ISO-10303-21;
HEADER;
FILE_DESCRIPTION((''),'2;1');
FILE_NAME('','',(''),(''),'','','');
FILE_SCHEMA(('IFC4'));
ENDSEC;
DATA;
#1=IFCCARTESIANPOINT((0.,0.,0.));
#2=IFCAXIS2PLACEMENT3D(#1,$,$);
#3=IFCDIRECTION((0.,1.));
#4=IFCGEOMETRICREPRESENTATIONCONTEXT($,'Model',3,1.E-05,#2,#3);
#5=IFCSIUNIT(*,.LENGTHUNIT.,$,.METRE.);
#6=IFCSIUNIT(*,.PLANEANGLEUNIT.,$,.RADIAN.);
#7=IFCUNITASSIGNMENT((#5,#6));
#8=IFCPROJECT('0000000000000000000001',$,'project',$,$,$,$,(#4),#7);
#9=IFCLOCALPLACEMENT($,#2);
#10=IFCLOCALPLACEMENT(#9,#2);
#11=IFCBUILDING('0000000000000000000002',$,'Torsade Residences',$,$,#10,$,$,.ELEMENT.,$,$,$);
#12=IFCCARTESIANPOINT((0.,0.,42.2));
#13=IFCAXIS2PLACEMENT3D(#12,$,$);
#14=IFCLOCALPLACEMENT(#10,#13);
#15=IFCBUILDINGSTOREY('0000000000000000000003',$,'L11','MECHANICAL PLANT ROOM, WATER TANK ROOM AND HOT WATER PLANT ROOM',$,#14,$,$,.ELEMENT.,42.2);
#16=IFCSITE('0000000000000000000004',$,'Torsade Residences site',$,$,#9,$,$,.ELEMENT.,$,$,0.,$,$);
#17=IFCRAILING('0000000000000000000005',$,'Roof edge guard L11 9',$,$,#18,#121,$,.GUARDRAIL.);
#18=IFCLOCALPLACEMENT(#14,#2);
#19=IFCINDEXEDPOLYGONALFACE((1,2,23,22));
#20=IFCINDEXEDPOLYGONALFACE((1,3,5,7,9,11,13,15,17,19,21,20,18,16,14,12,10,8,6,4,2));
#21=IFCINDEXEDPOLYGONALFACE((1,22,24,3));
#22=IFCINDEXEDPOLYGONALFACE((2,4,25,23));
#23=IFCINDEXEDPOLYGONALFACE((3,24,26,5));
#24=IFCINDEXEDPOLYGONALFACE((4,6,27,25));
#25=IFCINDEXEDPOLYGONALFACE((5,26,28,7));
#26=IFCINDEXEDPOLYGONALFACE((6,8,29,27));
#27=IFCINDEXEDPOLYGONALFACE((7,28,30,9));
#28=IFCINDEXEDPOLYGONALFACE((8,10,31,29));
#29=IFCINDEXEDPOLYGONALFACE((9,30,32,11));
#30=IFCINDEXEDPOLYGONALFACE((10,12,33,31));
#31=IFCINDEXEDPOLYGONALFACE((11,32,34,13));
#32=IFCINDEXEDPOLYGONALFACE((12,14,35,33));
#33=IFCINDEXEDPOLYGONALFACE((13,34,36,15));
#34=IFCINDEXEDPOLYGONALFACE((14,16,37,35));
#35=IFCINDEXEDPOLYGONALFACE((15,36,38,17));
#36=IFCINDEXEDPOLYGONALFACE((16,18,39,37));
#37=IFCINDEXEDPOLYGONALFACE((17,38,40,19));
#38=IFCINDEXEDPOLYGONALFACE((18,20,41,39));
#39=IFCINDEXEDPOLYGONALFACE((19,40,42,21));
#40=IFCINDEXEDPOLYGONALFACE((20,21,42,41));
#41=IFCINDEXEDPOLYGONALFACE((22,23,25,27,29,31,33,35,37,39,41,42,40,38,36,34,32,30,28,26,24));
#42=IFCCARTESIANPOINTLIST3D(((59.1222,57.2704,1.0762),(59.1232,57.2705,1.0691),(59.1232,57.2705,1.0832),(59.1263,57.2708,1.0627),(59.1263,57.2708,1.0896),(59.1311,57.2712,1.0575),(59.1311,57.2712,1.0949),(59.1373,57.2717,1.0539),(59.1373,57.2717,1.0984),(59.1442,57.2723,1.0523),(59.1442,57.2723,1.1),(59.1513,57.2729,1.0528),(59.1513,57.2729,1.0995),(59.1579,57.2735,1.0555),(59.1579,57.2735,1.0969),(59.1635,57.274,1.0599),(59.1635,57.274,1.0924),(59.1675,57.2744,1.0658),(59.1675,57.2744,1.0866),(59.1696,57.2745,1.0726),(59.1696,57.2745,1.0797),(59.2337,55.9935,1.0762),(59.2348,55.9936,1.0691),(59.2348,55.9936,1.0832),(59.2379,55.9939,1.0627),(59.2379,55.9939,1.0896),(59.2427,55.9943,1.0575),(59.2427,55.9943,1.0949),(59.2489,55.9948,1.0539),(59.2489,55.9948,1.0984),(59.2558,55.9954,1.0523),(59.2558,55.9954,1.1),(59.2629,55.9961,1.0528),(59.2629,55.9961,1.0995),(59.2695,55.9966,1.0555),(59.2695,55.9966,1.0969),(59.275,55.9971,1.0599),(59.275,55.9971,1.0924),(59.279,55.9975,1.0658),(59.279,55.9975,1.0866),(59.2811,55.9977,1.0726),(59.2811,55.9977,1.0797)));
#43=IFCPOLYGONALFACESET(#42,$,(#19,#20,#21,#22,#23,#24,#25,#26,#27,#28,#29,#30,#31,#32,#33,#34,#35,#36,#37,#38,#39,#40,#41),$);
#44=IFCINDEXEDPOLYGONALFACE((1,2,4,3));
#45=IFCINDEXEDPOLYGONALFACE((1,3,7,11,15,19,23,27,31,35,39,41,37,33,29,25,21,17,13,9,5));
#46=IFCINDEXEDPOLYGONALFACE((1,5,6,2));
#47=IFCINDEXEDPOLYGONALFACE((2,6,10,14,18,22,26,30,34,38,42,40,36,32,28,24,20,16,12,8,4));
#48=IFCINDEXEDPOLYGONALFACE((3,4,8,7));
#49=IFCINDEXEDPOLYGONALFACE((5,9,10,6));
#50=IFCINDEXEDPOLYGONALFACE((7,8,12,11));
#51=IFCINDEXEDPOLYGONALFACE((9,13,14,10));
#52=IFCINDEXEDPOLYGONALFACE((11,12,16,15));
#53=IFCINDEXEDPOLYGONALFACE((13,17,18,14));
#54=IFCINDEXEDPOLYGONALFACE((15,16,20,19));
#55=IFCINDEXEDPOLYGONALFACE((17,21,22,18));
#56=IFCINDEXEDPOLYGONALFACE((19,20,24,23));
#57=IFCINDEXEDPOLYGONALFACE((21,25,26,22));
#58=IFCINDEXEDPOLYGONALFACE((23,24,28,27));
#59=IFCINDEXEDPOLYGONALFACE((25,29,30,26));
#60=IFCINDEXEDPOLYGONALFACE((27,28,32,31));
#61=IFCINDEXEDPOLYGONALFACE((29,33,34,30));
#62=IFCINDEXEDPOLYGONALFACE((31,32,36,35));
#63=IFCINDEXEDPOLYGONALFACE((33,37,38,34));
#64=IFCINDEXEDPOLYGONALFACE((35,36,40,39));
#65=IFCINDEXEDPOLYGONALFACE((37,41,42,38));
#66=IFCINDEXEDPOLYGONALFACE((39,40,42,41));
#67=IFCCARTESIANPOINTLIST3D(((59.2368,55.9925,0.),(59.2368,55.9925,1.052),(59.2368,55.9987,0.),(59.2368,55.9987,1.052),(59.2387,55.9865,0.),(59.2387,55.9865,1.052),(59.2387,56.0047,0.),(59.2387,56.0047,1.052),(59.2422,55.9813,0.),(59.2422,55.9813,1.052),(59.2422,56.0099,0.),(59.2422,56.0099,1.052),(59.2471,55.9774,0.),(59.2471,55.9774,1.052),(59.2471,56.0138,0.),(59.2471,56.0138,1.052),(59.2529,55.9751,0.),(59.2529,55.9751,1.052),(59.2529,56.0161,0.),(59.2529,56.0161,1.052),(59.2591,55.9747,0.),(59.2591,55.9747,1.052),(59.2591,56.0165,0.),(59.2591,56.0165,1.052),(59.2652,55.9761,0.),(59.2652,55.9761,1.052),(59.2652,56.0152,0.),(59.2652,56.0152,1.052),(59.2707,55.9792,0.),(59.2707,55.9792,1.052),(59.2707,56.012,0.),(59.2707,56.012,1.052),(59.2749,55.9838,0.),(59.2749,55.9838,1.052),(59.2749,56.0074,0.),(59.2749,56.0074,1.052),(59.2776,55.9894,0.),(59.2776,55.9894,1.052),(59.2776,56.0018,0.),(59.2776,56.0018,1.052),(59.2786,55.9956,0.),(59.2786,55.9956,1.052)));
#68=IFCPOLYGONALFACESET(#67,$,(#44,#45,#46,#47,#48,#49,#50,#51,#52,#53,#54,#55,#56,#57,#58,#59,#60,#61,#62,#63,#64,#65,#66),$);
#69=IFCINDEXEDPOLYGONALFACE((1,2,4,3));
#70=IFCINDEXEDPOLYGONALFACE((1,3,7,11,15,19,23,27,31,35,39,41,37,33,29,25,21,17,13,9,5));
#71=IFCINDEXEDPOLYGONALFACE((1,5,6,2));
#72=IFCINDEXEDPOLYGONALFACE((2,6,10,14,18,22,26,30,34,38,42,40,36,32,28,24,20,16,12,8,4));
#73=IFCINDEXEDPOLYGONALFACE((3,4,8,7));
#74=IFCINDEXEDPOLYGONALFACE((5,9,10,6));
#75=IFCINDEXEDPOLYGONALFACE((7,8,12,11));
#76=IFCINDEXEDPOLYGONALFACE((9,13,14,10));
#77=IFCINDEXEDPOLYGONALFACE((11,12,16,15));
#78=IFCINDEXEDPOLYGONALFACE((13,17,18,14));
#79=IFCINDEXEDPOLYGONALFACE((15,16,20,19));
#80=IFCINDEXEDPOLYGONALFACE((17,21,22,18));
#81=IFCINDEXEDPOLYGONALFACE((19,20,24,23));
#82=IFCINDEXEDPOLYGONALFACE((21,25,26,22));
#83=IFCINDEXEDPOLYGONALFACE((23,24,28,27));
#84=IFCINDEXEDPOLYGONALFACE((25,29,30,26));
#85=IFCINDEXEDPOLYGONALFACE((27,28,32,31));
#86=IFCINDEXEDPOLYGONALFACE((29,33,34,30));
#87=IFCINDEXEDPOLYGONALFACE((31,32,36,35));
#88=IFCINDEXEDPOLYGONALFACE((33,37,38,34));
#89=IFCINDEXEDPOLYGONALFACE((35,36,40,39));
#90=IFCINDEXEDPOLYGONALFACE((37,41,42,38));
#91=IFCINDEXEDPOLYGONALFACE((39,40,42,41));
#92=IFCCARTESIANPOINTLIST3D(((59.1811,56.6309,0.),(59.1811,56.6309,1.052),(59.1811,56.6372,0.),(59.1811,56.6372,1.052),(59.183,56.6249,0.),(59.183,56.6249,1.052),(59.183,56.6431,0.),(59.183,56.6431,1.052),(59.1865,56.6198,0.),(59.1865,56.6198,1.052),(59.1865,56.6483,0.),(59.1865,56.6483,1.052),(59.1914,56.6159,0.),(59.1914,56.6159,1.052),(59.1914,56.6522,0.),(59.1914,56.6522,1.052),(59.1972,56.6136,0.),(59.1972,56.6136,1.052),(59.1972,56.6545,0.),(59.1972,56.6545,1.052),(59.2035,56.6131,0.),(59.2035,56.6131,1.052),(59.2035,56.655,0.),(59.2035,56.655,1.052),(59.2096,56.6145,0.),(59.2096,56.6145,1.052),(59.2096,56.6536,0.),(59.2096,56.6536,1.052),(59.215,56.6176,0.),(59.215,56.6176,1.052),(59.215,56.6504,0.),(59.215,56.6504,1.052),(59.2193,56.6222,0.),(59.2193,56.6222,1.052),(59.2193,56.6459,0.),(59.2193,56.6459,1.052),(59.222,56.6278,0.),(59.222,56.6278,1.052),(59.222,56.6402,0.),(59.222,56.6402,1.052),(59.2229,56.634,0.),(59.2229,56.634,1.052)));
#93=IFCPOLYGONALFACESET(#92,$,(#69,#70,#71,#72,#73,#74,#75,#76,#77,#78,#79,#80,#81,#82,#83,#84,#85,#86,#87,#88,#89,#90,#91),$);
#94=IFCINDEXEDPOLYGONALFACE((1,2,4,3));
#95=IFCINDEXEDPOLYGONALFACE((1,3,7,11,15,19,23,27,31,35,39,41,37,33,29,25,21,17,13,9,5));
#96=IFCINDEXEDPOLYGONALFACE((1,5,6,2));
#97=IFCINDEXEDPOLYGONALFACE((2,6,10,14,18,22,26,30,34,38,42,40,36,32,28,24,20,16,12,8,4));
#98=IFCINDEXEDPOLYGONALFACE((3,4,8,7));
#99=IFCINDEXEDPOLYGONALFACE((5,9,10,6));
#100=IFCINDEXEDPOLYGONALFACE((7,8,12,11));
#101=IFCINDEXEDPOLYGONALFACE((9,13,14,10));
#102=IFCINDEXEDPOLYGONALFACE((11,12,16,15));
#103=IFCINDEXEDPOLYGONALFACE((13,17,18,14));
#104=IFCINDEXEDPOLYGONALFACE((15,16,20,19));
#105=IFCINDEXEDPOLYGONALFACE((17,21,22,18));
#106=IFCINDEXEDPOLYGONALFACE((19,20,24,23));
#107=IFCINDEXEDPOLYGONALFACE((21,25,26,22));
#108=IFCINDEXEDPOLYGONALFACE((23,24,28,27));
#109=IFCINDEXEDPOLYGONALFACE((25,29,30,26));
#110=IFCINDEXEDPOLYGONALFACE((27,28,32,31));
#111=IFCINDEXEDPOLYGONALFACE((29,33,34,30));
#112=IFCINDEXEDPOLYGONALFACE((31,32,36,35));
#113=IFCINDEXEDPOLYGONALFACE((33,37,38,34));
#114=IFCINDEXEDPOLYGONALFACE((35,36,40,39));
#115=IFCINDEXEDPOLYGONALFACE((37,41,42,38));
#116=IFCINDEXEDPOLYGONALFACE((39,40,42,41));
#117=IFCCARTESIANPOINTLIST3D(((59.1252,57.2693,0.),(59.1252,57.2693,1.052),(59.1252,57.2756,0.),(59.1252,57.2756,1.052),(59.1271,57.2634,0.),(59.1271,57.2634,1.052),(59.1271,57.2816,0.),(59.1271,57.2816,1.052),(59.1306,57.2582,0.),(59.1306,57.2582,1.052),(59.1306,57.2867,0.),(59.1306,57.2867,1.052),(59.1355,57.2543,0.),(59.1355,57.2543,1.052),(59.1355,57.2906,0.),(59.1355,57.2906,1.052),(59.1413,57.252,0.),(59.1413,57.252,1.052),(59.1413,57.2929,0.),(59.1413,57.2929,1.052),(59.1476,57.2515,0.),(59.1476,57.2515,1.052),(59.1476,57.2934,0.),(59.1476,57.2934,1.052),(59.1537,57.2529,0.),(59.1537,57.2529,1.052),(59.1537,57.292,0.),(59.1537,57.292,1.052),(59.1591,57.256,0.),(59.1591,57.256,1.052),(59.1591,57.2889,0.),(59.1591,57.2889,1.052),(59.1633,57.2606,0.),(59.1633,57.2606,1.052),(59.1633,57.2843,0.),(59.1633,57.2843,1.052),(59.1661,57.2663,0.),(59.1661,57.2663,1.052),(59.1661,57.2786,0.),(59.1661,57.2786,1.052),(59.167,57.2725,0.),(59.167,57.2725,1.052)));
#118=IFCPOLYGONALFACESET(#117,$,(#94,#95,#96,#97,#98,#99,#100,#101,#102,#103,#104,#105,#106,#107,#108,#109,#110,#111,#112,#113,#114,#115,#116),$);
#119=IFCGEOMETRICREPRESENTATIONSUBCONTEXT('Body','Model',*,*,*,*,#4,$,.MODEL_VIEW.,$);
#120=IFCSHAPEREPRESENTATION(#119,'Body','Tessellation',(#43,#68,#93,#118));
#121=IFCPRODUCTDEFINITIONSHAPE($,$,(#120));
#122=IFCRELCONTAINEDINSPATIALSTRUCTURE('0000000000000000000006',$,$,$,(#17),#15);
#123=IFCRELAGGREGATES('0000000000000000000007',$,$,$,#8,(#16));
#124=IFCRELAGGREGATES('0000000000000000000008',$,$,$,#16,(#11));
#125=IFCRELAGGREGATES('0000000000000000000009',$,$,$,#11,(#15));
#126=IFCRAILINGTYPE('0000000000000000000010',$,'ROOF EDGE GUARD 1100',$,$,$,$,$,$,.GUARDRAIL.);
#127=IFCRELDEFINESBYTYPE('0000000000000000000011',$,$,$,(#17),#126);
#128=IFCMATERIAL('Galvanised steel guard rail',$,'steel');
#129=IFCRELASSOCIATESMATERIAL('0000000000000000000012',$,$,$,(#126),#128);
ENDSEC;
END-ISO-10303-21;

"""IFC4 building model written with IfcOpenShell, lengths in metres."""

from ifc_helpers import new_model, si_unit, direction, frame, origin, origin_2d, place, context, subcontext, project, spatial, circle, extrude, material, type_object, element, save


model = new_model("IFC4")

# Units and contexts
model_context = context("Model", 3, precision=1e-05, world=origin(), true_north=direction((0.0, 1.0)))
body_context = subcontext(model_context, "Body", "Model", "MODEL_VIEW")
ifc_project = project(units=[si_unit("LENGTHUNIT", "METRE"), si_unit("PLANEANGLEUNIT", "RADIAN")], contexts=[model_context])

# Site, building, storey
site_placement = place(None, origin())
site = spatial("IfcSite", under=ifc_project, at=site_placement, Name="Torsade Residences site", CompositionType="ELEMENT", RefElevation=0.0)
building_placement = place(site_placement, origin())
building = spatial("IfcBuilding", under=site, at=building_placement, Name="Torsade Residences", CompositionType="ELEMENT")
storey_placement = place(building_placement, frame((0.0, 0.0, 42.2)))
storey = spatial("IfcBuildingStorey", under=building, at=storey_placement, Name="L11", Description="MECHANICAL PLANT ROOM, WATER TANK ROOM AND HOT WATER PLANT ROOM", CompositionType="ELEMENT", Elevation=42.2)

# Railing
ifc_material_1 = material(Name="Galvanised steel guard rail", Category="steel")
railing_type = type_object("IfcRailingType", Name="ROOF EDGE GUARD 1100", PredefinedType="GUARDRAIL", material=ifc_material_1)
railing_1_placement = place(storey_placement, frame((59.2576, 55.9956, 0.0)))
element("IfcRailing", 1, at=railing_1_placement, inside=storey, type_object=railing_type, Name="Roof edge guard L11 9", PredefinedType="GUARDRAIL", context=body_context, shape_type="SweptSolid", body=[
    extrude(circle(Radius=0.0239, at=origin_2d()), frame((0.0, 0.0, 1.0762), z_axis=(-0.087049, 0.996204, 0.0), x_axis=(-0.996204, -0.087049, 0.0)), (0.0, 0.0, 1.0), 1.2817),
    extrude(circle(Radius=0.021, at=origin_2d()), origin(), (0.0, 0.0, 1.0), 1.052),
    extrude(circle(Radius=0.021, at=origin_2d()), frame((-0.0557, 0.6384, 0.0)), (0.0, 0.0, 1.0), 1.052),
    extrude(circle(Radius=0.021, at=origin_2d()), frame((-0.1116, 1.2769, 0.0)), (0.0, 0.0, 1.0), 1.052),
])

save(model, "model.ifc")
